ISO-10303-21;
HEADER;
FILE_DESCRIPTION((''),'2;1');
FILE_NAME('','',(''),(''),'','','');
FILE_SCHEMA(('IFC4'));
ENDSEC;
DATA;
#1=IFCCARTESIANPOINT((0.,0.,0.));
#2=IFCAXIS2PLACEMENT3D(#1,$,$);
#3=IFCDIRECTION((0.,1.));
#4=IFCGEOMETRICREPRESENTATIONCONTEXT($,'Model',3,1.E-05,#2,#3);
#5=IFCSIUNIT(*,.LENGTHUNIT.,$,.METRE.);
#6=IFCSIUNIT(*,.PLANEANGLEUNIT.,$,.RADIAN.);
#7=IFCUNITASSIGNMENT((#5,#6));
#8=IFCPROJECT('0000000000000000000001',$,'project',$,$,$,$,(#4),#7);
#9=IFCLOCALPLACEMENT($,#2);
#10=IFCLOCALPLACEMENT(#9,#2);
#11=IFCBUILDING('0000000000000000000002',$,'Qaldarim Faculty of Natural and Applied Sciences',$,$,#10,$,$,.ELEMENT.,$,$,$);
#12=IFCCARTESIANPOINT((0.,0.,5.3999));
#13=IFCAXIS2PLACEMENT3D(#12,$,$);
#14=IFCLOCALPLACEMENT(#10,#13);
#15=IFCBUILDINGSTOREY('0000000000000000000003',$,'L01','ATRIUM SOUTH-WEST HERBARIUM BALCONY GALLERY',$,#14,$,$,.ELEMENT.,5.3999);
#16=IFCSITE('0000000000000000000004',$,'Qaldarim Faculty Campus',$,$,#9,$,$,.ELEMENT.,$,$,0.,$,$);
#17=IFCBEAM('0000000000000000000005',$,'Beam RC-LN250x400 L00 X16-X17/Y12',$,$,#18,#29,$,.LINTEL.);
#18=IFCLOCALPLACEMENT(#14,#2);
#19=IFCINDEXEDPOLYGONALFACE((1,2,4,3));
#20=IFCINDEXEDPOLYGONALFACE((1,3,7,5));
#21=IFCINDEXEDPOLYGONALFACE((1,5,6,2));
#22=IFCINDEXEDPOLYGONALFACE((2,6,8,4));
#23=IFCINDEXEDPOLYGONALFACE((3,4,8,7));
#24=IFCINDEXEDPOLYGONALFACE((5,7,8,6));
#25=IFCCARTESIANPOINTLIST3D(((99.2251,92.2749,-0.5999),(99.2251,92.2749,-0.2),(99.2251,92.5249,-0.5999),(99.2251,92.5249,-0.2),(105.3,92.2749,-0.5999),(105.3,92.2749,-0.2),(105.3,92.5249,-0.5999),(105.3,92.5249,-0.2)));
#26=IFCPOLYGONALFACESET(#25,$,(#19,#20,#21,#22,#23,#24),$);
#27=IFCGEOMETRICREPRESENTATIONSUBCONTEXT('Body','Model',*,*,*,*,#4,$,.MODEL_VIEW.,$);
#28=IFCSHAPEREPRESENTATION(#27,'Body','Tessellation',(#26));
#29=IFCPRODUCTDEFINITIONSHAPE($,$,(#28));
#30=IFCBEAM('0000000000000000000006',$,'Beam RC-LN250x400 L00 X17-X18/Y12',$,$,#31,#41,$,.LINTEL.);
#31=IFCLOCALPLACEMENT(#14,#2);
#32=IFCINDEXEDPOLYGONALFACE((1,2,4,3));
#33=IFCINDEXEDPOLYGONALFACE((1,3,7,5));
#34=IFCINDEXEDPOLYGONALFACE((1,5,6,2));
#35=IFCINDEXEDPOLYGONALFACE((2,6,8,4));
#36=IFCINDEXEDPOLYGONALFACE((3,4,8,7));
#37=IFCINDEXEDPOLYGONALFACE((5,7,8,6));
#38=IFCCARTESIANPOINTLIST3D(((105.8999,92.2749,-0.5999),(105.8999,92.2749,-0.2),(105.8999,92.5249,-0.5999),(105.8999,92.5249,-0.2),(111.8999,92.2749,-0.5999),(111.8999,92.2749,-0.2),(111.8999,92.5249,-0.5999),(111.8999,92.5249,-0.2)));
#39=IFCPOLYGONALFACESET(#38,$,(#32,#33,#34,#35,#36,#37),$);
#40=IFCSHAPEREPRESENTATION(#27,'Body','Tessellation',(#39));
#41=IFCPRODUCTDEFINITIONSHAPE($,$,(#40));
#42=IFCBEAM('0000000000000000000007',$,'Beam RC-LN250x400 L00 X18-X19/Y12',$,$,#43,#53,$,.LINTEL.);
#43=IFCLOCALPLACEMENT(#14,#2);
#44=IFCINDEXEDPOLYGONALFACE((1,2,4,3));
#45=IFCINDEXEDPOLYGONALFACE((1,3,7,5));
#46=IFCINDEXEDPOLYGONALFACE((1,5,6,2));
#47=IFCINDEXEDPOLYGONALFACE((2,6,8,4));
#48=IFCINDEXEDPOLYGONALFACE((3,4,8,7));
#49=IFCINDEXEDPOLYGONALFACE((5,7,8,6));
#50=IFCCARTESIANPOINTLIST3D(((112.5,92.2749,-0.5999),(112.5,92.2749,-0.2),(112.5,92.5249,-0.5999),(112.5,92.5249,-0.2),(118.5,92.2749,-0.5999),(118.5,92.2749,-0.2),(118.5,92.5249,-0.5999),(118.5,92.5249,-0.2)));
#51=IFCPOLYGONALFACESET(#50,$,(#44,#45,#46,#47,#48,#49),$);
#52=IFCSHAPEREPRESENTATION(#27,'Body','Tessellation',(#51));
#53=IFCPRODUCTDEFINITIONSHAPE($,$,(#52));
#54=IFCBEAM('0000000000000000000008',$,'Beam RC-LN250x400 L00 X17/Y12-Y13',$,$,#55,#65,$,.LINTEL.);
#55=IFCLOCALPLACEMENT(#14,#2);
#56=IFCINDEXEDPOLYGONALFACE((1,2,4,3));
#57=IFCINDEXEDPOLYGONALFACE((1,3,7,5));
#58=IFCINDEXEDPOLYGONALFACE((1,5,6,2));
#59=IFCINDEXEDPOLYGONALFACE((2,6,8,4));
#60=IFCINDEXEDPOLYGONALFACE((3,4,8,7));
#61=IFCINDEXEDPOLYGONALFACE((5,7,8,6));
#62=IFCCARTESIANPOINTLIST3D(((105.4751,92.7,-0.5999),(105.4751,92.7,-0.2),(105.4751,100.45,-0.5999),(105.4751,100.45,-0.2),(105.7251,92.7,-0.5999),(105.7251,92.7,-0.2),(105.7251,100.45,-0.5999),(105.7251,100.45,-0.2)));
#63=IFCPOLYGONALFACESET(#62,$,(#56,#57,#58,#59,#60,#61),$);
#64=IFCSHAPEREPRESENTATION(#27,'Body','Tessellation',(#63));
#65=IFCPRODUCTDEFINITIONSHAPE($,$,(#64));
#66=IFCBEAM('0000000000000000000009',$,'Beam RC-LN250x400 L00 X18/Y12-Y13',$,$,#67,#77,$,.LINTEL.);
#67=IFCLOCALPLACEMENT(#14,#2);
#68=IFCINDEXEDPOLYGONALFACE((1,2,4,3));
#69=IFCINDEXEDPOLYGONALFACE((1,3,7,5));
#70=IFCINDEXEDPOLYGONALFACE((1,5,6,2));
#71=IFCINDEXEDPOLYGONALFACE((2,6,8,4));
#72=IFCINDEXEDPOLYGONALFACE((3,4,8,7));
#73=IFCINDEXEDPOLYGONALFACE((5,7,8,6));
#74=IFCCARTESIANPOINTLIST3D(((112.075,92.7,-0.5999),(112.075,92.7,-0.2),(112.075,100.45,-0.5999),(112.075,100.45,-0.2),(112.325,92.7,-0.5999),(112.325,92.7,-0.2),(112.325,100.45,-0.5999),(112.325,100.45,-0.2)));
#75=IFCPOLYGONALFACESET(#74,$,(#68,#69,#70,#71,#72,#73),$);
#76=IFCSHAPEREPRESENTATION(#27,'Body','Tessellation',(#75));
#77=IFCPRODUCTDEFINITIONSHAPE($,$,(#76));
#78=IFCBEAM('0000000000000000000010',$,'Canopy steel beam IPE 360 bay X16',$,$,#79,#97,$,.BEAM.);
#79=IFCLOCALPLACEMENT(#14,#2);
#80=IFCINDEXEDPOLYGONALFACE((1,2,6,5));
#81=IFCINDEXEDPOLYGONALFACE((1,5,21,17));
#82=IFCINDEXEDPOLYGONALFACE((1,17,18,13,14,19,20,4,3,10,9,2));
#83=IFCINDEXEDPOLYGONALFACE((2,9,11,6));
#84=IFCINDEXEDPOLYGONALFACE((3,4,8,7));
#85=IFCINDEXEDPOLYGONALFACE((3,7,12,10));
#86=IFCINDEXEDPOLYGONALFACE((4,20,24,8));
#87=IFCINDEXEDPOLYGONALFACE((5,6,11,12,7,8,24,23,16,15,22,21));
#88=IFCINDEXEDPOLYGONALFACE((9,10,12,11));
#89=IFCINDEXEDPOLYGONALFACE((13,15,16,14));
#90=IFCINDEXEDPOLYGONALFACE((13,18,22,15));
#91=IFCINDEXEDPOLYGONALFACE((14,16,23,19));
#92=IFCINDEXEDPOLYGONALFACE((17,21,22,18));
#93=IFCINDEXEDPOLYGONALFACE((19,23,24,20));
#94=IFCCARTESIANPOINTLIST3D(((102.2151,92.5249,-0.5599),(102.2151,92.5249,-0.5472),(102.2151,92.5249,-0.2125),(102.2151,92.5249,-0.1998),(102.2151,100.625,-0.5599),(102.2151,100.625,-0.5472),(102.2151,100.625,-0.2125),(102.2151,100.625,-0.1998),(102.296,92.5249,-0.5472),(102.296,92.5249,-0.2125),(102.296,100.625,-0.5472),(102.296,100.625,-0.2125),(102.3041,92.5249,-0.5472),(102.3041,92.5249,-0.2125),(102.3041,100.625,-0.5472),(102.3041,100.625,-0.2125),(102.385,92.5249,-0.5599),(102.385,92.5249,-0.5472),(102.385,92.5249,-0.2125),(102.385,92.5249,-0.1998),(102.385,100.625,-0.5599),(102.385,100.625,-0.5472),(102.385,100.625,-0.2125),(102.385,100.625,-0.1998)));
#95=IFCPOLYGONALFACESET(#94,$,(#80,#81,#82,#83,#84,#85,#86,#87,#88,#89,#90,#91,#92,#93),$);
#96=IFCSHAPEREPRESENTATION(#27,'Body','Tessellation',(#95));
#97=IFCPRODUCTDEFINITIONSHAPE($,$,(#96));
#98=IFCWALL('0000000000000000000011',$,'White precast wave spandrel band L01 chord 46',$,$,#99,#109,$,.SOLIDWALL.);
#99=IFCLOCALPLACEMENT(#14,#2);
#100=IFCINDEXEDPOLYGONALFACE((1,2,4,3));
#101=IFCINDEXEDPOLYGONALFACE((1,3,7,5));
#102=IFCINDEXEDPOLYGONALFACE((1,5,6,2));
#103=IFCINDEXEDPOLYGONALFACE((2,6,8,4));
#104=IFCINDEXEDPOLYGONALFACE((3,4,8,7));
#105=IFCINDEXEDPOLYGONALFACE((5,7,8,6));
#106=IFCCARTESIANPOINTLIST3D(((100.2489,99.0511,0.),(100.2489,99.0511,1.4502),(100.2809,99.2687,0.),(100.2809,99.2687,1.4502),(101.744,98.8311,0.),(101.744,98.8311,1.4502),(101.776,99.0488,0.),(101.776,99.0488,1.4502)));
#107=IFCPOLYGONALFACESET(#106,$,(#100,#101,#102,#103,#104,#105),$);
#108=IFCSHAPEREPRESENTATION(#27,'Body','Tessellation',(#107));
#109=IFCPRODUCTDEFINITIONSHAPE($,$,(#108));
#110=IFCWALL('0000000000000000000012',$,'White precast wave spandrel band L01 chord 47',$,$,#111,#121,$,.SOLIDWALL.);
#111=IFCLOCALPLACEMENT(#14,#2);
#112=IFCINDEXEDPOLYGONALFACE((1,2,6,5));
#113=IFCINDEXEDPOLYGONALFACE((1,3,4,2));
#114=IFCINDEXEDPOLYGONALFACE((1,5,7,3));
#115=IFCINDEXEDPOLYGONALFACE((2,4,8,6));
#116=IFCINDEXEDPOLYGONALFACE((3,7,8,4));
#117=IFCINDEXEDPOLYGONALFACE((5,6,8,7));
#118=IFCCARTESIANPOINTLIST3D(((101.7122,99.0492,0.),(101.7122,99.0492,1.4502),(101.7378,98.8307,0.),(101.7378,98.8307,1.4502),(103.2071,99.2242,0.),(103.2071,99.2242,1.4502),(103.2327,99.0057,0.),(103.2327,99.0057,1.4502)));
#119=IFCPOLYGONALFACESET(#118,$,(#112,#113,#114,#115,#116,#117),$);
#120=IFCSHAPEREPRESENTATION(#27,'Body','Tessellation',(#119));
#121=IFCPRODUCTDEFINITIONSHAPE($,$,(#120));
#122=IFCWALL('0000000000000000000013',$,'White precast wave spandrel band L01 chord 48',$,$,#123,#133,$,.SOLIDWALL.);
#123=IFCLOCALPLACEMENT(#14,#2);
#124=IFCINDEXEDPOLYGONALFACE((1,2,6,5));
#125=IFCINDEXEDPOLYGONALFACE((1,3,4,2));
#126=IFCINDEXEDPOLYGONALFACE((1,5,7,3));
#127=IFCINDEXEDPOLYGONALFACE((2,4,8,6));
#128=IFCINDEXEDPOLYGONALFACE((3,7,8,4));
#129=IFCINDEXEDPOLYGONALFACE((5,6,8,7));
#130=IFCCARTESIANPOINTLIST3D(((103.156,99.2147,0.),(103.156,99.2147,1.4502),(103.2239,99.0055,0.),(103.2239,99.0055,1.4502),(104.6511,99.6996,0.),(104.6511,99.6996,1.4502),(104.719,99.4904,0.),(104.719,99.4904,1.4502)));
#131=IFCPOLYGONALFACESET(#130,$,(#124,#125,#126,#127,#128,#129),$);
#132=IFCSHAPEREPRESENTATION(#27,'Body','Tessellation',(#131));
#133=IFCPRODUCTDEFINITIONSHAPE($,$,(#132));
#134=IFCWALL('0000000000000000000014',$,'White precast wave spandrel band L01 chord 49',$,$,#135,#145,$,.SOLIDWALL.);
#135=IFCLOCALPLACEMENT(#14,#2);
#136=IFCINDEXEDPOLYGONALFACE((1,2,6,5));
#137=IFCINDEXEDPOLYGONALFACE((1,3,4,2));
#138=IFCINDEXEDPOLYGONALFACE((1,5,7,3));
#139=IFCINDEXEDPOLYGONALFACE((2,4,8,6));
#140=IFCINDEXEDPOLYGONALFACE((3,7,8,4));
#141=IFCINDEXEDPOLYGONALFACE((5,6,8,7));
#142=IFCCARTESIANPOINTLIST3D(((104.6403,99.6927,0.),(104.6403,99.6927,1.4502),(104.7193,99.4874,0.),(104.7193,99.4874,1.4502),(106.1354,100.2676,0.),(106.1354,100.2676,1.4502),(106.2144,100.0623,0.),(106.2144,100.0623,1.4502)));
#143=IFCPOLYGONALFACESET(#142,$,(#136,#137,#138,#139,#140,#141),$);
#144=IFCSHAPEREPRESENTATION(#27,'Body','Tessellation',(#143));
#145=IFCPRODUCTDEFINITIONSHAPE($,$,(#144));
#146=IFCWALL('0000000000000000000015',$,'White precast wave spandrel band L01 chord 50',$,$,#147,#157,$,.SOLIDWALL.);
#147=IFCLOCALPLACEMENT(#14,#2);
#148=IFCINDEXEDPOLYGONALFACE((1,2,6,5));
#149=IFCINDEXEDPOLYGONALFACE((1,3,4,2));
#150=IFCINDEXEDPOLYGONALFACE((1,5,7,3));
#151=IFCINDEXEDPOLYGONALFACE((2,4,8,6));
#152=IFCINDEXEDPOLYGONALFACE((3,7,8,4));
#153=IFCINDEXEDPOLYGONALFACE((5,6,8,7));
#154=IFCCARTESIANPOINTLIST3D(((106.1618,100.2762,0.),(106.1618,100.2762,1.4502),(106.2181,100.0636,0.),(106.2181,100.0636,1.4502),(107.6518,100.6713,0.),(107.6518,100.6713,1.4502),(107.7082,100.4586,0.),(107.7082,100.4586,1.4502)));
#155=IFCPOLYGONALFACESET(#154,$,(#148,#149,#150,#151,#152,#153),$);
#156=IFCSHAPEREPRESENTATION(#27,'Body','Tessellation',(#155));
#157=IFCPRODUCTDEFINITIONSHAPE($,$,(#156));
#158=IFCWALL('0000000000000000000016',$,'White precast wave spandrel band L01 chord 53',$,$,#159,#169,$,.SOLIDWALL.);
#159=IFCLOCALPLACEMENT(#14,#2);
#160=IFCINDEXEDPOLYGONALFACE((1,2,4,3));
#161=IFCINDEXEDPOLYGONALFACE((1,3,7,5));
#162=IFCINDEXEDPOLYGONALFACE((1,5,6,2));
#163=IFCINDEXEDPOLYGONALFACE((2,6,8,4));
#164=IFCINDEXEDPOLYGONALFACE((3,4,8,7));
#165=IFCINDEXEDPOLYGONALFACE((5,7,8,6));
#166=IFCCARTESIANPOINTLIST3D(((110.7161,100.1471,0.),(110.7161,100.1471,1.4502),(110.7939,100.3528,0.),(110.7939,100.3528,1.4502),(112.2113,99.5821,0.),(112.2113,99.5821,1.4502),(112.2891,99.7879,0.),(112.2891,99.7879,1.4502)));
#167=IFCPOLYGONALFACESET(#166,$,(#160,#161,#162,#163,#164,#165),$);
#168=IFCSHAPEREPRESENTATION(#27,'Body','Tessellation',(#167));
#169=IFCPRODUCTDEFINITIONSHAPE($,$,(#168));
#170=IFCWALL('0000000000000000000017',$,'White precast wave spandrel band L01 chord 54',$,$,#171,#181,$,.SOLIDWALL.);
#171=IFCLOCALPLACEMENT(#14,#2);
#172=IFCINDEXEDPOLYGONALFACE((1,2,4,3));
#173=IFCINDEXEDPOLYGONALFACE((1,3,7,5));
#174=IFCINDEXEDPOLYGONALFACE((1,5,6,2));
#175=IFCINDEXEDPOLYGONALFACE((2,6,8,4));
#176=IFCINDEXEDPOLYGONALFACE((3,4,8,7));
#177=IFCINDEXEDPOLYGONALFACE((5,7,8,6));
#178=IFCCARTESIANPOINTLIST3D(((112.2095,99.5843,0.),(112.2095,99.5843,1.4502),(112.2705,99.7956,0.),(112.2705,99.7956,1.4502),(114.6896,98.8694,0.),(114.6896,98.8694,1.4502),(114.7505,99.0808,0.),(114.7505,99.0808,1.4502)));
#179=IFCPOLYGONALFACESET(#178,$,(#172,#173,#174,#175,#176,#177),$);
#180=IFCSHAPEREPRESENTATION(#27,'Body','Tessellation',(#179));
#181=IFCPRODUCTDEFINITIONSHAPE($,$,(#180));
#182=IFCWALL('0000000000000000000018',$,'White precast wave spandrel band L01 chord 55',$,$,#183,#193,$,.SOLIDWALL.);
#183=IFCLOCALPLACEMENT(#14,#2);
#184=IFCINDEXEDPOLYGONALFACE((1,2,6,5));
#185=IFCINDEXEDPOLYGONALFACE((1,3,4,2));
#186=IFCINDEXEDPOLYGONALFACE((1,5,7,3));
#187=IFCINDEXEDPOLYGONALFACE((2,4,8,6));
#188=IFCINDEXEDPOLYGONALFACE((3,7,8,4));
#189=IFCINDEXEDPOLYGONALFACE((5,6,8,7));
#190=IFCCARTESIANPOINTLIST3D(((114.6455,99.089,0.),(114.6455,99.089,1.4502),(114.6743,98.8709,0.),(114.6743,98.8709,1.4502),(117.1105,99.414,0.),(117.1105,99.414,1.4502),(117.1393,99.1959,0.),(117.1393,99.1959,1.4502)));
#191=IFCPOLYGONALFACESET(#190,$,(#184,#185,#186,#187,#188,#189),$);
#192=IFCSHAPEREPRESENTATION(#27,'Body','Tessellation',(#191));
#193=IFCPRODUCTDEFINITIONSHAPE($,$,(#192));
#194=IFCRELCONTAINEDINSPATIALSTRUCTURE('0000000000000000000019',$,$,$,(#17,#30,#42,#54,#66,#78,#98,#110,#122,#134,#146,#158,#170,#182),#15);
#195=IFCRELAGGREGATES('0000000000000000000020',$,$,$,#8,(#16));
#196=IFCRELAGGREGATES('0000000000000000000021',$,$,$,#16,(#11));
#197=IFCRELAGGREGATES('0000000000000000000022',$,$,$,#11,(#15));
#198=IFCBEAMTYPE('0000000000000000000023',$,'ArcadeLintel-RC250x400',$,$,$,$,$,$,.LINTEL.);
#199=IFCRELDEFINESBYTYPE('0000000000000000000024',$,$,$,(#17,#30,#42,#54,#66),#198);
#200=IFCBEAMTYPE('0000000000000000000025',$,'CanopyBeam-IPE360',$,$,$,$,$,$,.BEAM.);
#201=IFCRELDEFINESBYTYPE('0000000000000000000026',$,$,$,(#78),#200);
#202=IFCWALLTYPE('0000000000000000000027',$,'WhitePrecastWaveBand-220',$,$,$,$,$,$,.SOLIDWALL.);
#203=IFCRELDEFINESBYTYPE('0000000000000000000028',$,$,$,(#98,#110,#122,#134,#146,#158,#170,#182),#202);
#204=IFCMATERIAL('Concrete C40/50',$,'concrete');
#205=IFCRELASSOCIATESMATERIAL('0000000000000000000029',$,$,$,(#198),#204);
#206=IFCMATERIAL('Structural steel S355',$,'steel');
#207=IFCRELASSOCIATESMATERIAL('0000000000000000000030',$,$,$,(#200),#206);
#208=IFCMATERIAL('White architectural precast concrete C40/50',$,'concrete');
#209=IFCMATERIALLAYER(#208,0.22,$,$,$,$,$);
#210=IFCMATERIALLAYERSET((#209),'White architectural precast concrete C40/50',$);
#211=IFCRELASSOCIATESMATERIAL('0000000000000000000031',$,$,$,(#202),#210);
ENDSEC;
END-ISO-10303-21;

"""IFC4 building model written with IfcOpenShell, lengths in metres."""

from ifc_helpers import new_model, si_unit, direction, frame, frame_2d, origin, origin_2d, place, context, subcontext, project, spatial, rectangle, i_section, extrude, material, layer, layer_set, material_profile, profile_set, type_object, element, save


model = new_model("IFC4")

# Units and contexts
model_context = context("Model", 3, precision=1e-05, world=origin(), true_north=direction((0.0, 1.0)))
body_context = subcontext(model_context, "Body", "Model", "MODEL_VIEW")
ifc_project = project(units=[si_unit("LENGTHUNIT", "METRE"), si_unit("PLANEANGLEUNIT", "RADIAN")], contexts=[model_context])

# Site, building, storey
site_placement = place(None, origin())
site = spatial("IfcSite", under=ifc_project, at=site_placement, Name="Qaldarim Faculty Campus", CompositionType="ELEMENT", RefElevation=0.0)
building_placement = place(site_placement, origin())
building = spatial("IfcBuilding", under=site, at=building_placement, Name="Qaldarim Faculty of Natural and Applied Sciences", CompositionType="ELEMENT")
storey_placement = place(building_placement, frame((0.0, 0.0, 5.3999)))
storey = spatial("IfcBuildingStorey", under=building, at=storey_placement, Name="L01", Description="ATRIUM SOUTH-WEST HERBARIUM BALCONY GALLERY", CompositionType="ELEMENT", Elevation=5.3999)

# Beams
ifc_material_1 = material(Name="Concrete C40/50", Category="concrete")
ifc_material_profile_1 = material_profile(ifc_material_1, rectangle(XDim=0.25, YDim=0.3999, at=origin_2d()), Name="RC-LN250x400")
ifc_profile_set_1 = profile_set([ifc_material_profile_1], Name="Concrete C40/50")
beam_type_1 = type_object("IfcBeamType", Name="ArcadeLintel-RC250x400", PredefinedType="LINTEL", material=ifc_profile_set_1)
beam_1_placement = place(storey_placement, frame((99.2251, 92.3999, -0.3999), z_axis=(1.0, 0.0, 0.0), x_axis=(0.0, 1.0, 0.0)))
element("IfcBeam", 1, at=beam_1_placement, inside=storey, type_object=beam_type_1, Name="Beam RC-LN250x400 L00 X16-X17/Y12", PredefinedType="LINTEL", context=body_context, shape_type="SweptSolid", body=[
    extrude(rectangle(XDim=0.25, YDim=0.3999, at=origin_2d()), origin(), (0.0, 0.0, 1.0), 6.075),
])
for number, where, z_axis, x_axis, name in (
    (2, (105.8999, 92.3999, -0.3999), (1.0, 0.0, 0.0), (0.0, 1.0, 0.0), "Beam RC-LN250x400 L00 X17-X18/Y12"),
    (3, (112.5, 92.3999, -0.3999), (1.0, 0.0, 0.0), (0.0, 1.0, 0.0), "Beam RC-LN250x400 L00 X18-X19/Y12"),
):
    element("IfcBeam", number, at=place(storey_placement, frame(where, z_axis=z_axis, x_axis=x_axis)), inside=storey, type_object=beam_type_1, Name=name, PredefinedType="LINTEL", context=body_context, shape_type="SweptSolid", body=[
        extrude(rectangle(XDim=0.25, YDim=0.3999, at=origin_2d()), origin(), (0.0, 0.0, 1.0), 6.0),
    ])
for number, where, z_axis, x_axis, name in (
    (4, (105.6001, 92.7, -0.3999), (0.0, 1.0, 0.0), (-1.0, 0.0, 0.0), "Beam RC-LN250x400 L00 X17/Y12-Y13"),
    (5, (112.2, 92.7, -0.3999), (0.0, 1.0, 0.0), (-1.0, 0.0, 0.0), "Beam RC-LN250x400 L00 X18/Y12-Y13"),
):
    element("IfcBeam", number, at=place(storey_placement, frame(where, z_axis=z_axis, x_axis=x_axis)), inside=storey, type_object=beam_type_1, Name=name, PredefinedType="LINTEL", context=body_context, shape_type="SweptSolid", body=[
        extrude(rectangle(XDim=0.25, YDim=0.3999, at=origin_2d()), origin(), (0.0, 0.0, 1.0), 7.75),
    ])
ifc_material_2 = material(Name="Structural steel S355", Category="steel")
ifc_material_profile_2 = material_profile(ifc_material_2, i_section(OverallWidth=0.1699, OverallDepth=0.3601, WebThickness=0.0081, FlangeThickness=0.0127, at=origin_2d()), Name="IPE 360")
ifc_profile_set_2 = profile_set([ifc_material_profile_2], Name="Structural steel S355")
beam_type_2 = type_object("IfcBeamType", Name="CanopyBeam-IPE360", PredefinedType="BEAM", material=ifc_profile_set_2)
beam_2_placement = place(storey_placement, frame((102.3, 92.5249, -0.3799), z_axis=(0.0, 1.0, 0.0), x_axis=(-1.0, 0.0, 0.0)))
element("IfcBeam", 6, at=beam_2_placement, inside=storey, type_object=beam_type_2, Name="Canopy steel beam IPE 360 bay X16", PredefinedType="BEAM", context=body_context, shape_type="SweptSolid", body=[
    extrude(i_section(OverallWidth=0.1699, OverallDepth=0.3601, WebThickness=0.0081, FlangeThickness=0.0127, at=origin_2d()), origin(), (0.0, 0.0, 1.0), 8.1001),
])

# Walls
ifc_material_3 = material(Name="White architectural precast concrete C40/50", Category="concrete")
ifc_layer_1 = layer(ifc_material_3, 0.22)
ifc_layer_set_1 = layer_set([ifc_layer_1], Name="White architectural precast concrete C40/50")
wall_type = type_object("IfcWallType", Name="WhitePrecastWaveBand-220", PredefinedType="SOLIDWALL", material=ifc_layer_set_1)
wall_1_placement = place(storey_placement, frame((100.2649, 99.1599, 0.0), z_axis=(0.0, 0.0, 1.0), x_axis=(0.98935, -0.145559, 0.0)))
element("IfcWall", 7, at=wall_1_placement, inside=storey, type_object=wall_type, Name="White precast wave spandrel band L01 chord 46", PredefinedType="SOLIDWALL", context=body_context, shape_type="SweptSolid", body=[
    extrude(rectangle(XDim=1.5112, YDim=0.22, at=frame_2d((0.7556, 0.0))), origin(), (0.0, 0.0, 1.0), 1.4502),
])
wall_2_placement = place(storey_placement, frame((101.7251, 98.9399, 0.0), z_axis=(0.0, 0.0, 1.0), x_axis=(0.993214, 0.116305, 0.0)))
element("IfcWall", 8, at=wall_2_placement, inside=storey, type_object=wall_type, Name="White precast wave spandrel band L01 chord 47", PredefinedType="SOLIDWALL", context=body_context, shape_type="SweptSolid", body=[
    extrude(rectangle(XDim=1.5051, YDim=0.22, at=frame_2d((0.7524, 0.0))), origin(), (0.0, 0.0, 1.0), 1.4502),
])
wall_3_placement = place(storey_placement, frame((103.1899, 99.1101, 0.0), z_axis=(0.0, 0.0, 1.0), x_axis=(0.95123, 0.308482, 0.0)))
element("IfcWall", 9, at=wall_3_placement, inside=storey, type_object=wall_type, Name="White precast wave spandrel band L01 chord 48", PredefinedType="SOLIDWALL", context=body_context, shape_type="SweptSolid", body=[
    extrude(rectangle(XDim=1.5718, YDim=0.22, at=frame_2d((0.7859, 0.0))), origin(), (0.0, 0.0, 1.0), 1.4502),
])
wall_4_placement = place(storey_placement, frame((104.6799, 99.5901, 0.0), z_axis=(0.0, 0.0, 1.0), x_axis=(0.933365, 0.358928, 0.0)))
element("IfcWall", 10, at=wall_4_placement, inside=storey, type_object=wall_type, Name="White precast wave spandrel band L01 chord 49", PredefinedType="SOLIDWALL", context=body_context, shape_type="SweptSolid", body=[
    extrude(rectangle(XDim=1.6018, YDim=0.22, at=frame_2d((0.8008, 0.0))), origin(), (0.0, 0.0, 1.0), 1.4502),
])
wall_5_placement = place(storey_placement, frame((106.1899, 100.1699, 0.0), z_axis=(0.0, 0.0, 1.0), x_axis=(0.966607, 0.256263, 0.0)))
element("IfcWall", 11, at=wall_5_placement, inside=storey, type_object=wall_type, Name="White precast wave spandrel band L01 chord 50", PredefinedType="SOLIDWALL", context=body_context, shape_type="SweptSolid", body=[
    extrude(rectangle(XDim=1.5415, YDim=0.22, at=frame_2d((0.7708, 0.0))), origin(), (0.0, 0.0, 1.0), 1.4502),
])
wall_6_placement = place(storey_placement, frame((110.7549, 100.25, 0.0), z_axis=(0.0, 0.0, 1.0), x_axis=(0.935447, -0.353466, 0.0)))
element("IfcWall", 12, at=wall_6_placement, inside=storey, type_object=wall_type, Name="White precast wave spandrel band L01 chord 53", PredefinedType="SOLIDWALL", context=body_context, shape_type="SweptSolid", body=[
    extrude(rectangle(XDim=1.5984, YDim=0.22, at=frame_2d((0.7993, 0.0))), origin(), (0.0, 0.0, 1.0), 1.4502),
])
wall_7_placement = place(storey_placement, frame((112.24, 99.6899, 0.0), z_axis=(0.0, 0.0, 1.0), x_axis=(0.960879, -0.276969, 0.0)))
element("IfcWall", 13, at=wall_7_placement, inside=storey, type_object=wall_type, Name="White precast wave spandrel band L01 chord 54", PredefinedType="SOLIDWALL", context=body_context, shape_type="SweptSolid", body=[
    extrude(rectangle(XDim=2.5811, YDim=0.22, at=frame_2d((1.2905, 0.0))), origin(), (0.0, 0.0, 1.0), 1.4502),
])
wall_8_placement = place(storey_placement, frame((114.6599, 98.98, 0.0), z_axis=(0.0, 0.0, 1.0), x_axis=(0.991423, 0.130691, 0.0)))
element("IfcWall", 14, at=wall_8_placement, inside=storey, type_object=wall_type, Name="White precast wave spandrel band L01 chord 55", PredefinedType="SOLIDWALL", context=body_context, shape_type="SweptSolid", body=[
    extrude(rectangle(XDim=2.4863, YDim=0.22, at=frame_2d((1.2432, 0.0))), origin(), (0.0, 0.0, 1.0), 1.4502),
])

save(model, "model.ifc")
